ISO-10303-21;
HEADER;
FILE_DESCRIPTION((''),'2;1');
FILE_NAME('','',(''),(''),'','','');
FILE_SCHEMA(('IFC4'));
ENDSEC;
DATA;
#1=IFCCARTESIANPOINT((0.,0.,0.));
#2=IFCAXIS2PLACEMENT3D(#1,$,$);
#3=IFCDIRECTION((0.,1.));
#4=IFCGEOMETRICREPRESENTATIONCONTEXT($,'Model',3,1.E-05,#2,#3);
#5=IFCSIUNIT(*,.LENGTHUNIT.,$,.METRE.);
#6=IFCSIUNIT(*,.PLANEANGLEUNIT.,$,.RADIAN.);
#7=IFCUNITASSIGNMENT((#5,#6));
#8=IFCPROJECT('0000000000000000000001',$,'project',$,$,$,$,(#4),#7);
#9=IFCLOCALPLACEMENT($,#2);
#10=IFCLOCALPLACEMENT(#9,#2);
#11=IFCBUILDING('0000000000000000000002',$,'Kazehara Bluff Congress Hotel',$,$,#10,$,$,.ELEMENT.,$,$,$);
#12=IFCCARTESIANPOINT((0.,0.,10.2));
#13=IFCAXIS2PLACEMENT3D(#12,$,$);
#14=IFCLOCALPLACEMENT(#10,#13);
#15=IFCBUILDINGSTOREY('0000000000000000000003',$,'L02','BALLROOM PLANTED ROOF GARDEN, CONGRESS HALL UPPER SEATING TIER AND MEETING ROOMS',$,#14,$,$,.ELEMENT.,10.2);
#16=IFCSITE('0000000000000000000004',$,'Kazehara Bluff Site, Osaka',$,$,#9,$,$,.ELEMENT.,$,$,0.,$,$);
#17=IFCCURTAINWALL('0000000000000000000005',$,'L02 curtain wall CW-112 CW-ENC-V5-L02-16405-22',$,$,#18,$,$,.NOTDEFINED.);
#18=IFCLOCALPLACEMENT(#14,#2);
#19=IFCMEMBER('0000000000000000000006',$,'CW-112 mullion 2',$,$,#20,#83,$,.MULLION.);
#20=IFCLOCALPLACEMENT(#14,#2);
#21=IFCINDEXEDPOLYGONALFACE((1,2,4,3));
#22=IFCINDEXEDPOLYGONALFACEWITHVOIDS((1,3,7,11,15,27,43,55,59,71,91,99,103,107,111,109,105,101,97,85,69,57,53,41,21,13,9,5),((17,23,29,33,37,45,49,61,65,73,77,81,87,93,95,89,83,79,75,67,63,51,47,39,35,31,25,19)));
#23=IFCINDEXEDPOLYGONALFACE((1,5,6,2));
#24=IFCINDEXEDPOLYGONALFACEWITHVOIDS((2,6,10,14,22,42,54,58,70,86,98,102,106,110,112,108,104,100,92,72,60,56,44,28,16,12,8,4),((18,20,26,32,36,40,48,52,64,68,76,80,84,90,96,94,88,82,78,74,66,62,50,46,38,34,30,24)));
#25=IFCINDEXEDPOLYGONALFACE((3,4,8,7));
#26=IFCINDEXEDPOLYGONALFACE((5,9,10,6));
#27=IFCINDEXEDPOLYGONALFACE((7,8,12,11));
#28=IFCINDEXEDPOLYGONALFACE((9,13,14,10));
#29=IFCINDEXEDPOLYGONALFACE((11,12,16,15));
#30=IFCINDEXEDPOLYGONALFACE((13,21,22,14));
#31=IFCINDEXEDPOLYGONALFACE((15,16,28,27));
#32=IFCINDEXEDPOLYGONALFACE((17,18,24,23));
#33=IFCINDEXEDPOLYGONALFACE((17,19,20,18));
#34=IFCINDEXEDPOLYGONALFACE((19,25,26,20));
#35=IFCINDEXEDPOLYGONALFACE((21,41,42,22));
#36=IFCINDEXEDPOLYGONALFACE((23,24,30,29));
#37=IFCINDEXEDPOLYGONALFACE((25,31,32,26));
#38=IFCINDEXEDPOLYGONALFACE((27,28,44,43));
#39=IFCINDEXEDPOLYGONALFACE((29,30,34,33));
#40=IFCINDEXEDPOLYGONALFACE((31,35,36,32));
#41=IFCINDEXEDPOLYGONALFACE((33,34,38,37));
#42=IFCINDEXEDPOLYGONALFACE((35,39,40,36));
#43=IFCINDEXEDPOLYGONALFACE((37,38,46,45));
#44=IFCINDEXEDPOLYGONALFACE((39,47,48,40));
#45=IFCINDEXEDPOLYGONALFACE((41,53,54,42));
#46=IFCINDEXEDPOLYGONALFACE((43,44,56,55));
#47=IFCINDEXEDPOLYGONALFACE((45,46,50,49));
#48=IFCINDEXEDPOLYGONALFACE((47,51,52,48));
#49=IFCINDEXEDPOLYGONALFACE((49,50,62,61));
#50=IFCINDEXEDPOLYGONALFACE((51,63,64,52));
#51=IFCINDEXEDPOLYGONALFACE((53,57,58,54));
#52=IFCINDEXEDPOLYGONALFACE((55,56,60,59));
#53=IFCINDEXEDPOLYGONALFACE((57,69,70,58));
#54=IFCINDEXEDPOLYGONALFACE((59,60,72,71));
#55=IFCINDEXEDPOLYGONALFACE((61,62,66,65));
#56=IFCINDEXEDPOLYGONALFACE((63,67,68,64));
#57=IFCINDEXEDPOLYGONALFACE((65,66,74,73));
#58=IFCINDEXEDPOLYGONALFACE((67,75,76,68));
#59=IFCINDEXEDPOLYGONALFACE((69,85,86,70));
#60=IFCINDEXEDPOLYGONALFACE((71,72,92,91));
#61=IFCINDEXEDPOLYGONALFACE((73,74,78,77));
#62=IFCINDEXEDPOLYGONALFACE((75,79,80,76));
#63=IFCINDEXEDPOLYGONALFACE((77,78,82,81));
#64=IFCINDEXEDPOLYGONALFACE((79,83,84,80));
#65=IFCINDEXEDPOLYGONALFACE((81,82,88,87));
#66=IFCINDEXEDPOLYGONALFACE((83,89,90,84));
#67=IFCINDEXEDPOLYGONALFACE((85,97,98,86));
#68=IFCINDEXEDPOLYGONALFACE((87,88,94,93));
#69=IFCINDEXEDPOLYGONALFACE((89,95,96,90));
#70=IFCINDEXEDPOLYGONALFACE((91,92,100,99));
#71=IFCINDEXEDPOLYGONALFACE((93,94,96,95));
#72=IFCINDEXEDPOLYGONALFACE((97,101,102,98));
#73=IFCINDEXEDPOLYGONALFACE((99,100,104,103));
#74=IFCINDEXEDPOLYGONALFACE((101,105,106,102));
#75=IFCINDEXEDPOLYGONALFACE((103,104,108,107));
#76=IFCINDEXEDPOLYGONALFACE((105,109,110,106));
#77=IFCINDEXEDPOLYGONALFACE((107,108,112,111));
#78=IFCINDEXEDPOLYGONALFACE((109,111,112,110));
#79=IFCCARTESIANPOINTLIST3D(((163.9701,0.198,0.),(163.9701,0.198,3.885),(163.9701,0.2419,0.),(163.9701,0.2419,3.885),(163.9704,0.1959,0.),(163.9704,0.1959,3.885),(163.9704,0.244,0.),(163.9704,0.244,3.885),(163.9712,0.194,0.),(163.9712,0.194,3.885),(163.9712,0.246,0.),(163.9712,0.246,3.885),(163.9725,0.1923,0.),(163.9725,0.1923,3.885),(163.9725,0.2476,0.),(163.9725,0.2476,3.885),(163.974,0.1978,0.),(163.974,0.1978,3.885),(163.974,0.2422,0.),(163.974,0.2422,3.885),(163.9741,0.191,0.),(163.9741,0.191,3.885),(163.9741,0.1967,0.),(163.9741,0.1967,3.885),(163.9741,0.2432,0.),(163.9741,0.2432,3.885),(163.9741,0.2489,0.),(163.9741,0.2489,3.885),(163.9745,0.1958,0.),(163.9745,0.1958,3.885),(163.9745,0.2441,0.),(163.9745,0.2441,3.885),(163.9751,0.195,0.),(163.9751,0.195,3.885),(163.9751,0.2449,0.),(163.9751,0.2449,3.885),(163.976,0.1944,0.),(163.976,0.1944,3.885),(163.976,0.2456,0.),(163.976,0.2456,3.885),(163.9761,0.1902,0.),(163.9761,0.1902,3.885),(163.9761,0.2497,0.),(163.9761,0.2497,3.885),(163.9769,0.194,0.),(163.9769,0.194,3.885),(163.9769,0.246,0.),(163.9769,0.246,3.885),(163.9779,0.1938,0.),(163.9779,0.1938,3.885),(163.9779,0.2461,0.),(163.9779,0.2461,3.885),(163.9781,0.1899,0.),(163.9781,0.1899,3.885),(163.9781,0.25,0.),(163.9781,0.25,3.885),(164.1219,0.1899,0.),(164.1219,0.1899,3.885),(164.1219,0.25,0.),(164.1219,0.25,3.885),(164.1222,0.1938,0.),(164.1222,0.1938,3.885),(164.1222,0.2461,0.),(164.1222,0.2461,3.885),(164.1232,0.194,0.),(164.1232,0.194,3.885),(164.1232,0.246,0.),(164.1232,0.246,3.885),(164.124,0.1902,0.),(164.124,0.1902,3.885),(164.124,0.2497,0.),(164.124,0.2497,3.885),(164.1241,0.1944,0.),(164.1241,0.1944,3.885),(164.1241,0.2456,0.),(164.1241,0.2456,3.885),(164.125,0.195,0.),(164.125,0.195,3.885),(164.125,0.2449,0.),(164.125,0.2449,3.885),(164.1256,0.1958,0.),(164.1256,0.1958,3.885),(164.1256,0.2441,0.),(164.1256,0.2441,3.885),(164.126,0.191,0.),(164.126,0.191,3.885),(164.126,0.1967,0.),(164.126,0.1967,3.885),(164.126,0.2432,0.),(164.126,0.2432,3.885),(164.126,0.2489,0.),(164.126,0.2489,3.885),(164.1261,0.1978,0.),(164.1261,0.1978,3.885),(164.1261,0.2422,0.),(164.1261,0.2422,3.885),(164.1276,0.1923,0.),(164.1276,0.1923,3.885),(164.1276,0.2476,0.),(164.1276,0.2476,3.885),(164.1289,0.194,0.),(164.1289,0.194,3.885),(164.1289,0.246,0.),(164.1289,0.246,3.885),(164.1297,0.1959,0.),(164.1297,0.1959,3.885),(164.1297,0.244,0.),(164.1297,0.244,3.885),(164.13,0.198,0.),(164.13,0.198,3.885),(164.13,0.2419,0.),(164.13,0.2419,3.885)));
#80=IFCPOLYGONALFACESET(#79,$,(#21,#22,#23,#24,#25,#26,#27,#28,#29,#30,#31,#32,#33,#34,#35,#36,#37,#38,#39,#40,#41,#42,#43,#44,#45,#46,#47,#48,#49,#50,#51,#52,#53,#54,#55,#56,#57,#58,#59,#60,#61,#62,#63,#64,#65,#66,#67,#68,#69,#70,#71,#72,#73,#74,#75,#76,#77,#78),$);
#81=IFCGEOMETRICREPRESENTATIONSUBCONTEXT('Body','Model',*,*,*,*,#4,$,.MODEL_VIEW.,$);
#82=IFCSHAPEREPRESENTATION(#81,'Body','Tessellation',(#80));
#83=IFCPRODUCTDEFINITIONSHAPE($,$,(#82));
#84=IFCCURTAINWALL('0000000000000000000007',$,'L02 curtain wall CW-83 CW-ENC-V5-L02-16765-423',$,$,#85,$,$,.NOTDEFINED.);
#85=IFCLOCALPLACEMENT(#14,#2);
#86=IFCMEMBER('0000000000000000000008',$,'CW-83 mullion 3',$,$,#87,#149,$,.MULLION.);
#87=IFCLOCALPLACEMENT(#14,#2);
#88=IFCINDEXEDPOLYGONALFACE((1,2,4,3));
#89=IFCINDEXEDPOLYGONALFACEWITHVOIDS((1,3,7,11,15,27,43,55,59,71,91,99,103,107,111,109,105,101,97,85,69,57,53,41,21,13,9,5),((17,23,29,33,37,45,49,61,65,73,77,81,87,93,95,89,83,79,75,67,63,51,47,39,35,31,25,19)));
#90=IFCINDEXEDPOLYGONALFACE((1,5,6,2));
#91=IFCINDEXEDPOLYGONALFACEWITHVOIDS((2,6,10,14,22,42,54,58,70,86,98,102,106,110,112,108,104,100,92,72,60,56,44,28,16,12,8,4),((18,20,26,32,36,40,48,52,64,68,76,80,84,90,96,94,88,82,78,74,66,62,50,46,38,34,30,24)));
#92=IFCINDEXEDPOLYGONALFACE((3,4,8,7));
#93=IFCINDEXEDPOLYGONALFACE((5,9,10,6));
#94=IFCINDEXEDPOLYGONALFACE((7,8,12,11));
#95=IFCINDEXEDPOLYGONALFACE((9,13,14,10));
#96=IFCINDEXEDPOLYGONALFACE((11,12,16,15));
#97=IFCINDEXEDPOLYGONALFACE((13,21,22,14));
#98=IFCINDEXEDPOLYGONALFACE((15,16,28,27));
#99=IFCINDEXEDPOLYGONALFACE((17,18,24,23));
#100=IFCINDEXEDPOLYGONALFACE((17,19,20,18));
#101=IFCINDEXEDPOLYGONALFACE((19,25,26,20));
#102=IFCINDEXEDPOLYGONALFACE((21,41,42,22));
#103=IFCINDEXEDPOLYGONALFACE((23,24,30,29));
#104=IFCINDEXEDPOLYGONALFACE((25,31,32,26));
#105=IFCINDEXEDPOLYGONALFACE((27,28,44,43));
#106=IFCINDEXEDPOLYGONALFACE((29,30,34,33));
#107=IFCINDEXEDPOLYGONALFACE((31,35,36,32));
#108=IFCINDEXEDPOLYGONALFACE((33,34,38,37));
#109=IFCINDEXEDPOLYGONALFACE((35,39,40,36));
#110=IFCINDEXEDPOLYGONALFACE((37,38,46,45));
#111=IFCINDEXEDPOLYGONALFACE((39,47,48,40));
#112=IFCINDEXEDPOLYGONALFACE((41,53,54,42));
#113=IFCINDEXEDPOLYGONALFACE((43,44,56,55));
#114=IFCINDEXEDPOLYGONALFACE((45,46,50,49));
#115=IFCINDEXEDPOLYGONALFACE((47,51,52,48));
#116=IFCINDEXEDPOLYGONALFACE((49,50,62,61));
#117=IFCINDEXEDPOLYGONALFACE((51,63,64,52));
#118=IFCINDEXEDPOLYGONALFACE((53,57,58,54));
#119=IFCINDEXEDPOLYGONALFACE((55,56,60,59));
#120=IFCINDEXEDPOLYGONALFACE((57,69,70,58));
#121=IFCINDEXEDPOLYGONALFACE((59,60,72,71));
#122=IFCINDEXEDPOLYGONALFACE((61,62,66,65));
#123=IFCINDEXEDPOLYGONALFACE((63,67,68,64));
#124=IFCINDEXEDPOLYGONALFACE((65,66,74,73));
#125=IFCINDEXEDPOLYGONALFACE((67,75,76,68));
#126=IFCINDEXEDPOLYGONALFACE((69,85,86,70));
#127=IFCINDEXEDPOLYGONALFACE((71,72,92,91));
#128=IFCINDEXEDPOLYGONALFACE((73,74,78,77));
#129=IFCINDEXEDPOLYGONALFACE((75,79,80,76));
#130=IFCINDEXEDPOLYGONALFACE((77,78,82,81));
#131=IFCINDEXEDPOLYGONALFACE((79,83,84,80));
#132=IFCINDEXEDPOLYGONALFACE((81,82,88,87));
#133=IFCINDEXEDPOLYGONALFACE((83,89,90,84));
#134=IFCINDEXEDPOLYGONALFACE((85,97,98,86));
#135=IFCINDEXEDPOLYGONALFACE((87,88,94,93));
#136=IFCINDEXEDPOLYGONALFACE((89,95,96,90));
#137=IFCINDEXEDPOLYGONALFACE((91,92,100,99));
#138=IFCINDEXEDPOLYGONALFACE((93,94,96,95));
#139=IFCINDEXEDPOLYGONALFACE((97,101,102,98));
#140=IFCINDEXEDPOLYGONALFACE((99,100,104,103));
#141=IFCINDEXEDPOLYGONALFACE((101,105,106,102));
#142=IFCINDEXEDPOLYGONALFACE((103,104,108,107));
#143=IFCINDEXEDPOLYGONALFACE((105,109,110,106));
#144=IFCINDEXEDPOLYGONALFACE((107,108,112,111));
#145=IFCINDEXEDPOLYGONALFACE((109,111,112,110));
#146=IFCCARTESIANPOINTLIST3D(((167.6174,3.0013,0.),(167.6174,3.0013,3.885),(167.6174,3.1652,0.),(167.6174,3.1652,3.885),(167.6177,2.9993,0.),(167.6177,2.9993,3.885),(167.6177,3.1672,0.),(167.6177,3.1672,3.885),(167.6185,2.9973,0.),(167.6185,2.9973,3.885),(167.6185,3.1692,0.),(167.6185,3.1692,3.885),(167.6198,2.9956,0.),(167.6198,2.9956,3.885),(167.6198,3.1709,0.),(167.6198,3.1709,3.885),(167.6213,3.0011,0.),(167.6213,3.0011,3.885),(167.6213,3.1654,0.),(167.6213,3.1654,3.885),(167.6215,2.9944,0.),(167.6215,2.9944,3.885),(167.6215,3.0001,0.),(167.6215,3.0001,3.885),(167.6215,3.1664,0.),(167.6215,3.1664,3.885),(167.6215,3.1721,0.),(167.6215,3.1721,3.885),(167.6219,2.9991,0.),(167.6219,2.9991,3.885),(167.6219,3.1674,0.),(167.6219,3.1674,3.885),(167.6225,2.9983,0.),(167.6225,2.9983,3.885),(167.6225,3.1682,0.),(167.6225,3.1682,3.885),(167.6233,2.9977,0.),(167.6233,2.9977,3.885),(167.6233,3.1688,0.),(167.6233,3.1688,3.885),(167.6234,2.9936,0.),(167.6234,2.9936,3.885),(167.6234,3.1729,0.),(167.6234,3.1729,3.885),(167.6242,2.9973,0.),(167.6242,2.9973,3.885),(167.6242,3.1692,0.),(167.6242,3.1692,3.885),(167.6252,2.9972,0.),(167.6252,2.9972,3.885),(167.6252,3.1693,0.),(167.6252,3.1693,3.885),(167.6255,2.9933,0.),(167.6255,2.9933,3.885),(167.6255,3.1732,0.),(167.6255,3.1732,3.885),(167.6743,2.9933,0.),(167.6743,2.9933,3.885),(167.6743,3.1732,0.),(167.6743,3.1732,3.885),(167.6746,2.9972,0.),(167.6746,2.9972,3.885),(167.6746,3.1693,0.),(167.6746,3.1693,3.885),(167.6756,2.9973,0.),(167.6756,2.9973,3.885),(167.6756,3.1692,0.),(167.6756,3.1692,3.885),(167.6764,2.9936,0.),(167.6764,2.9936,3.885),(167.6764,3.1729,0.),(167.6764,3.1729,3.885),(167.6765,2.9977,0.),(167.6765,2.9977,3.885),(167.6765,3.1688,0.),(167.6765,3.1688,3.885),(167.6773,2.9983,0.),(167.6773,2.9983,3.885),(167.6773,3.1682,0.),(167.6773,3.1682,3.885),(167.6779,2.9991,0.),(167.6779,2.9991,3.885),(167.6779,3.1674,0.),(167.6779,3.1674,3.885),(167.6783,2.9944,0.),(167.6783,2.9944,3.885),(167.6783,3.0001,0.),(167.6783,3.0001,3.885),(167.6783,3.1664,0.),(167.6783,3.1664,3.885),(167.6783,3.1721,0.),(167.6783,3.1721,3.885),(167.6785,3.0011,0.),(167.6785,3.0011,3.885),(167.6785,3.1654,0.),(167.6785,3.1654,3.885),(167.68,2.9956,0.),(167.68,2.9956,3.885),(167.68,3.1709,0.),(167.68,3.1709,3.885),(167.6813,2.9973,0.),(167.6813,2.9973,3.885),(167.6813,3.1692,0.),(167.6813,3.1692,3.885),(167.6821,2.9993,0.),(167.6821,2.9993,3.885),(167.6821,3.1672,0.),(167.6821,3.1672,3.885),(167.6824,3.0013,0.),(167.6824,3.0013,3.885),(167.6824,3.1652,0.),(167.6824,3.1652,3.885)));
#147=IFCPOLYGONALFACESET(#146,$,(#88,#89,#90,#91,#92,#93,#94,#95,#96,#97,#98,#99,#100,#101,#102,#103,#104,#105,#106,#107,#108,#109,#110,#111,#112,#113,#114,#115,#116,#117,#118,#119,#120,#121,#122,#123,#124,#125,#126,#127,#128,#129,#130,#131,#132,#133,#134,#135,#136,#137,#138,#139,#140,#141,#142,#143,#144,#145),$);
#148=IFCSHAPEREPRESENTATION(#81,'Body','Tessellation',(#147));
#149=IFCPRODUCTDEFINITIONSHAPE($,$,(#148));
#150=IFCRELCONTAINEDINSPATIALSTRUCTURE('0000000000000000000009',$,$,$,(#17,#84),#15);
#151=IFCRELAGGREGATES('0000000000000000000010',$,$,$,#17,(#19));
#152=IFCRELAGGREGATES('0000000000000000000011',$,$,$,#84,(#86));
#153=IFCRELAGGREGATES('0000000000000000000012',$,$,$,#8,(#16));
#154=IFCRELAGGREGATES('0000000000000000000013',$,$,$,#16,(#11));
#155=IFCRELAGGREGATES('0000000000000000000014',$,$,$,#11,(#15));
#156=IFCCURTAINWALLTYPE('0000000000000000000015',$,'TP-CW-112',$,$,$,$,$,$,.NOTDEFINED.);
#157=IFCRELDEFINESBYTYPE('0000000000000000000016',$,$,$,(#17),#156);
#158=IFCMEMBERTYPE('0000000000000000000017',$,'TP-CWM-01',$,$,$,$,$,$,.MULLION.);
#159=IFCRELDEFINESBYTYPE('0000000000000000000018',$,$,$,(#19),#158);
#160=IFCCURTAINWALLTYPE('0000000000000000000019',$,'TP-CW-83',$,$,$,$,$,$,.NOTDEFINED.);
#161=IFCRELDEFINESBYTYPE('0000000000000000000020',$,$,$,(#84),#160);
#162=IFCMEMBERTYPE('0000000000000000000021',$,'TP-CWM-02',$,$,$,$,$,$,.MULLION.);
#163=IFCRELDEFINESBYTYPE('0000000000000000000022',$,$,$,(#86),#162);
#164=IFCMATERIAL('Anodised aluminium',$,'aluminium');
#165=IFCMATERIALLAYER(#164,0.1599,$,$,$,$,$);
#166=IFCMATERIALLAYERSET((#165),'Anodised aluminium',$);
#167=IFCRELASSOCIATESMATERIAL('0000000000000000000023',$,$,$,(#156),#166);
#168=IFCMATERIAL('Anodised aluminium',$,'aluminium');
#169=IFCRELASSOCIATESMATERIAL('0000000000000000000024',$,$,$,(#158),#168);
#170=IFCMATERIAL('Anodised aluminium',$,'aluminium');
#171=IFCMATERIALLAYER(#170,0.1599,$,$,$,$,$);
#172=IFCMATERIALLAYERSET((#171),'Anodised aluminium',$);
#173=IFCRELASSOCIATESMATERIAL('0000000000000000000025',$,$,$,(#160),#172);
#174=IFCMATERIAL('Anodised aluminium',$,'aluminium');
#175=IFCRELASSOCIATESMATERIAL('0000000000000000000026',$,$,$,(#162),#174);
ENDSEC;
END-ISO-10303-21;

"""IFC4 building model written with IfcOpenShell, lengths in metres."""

from ifc_helpers import new_model, si_unit, direction, frame, origin, origin_2d, place, context, subcontext, project, spatial, hollow_rectangle, extrude, material, layer, layer_set, material_profile, profile_set, type_object, element, aggregate, save


model = new_model("IFC4")

# Units and contexts
model_context = context("Model", 3, precision=1e-05, world=origin(), true_north=direction((0.0, 1.0)))
body_context = subcontext(model_context, "Body", "Model", "MODEL_VIEW")
ifc_project = project(units=[si_unit("LENGTHUNIT", "METRE"), si_unit("PLANEANGLEUNIT", "RADIAN")], contexts=[model_context])

# Site, building, storey
site_placement = place(None, origin())
site = spatial("IfcSite", under=ifc_project, at=site_placement, Name="Kazehara Bluff Site, Osaka", CompositionType="ELEMENT", RefElevation=0.0)
building_placement = place(site_placement, origin())
building = spatial("IfcBuilding", under=site, at=building_placement, Name="Kazehara Bluff Congress Hotel", CompositionType="ELEMENT")
storey_placement = place(building_placement, frame((0.0, 0.0, 10.2)))
storey = spatial("IfcBuildingStorey", under=building, at=storey_placement, Name="L02", Description="BALLROOM PLANTED ROOF GARDEN, CONGRESS HALL UPPER SEATING TIER AND MEETING ROOMS", CompositionType="ELEMENT", Elevation=10.2)

# Curtain walls, members
ifc_material_1 = material(Name="Anodised aluminium", Category="aluminium")
ifc_layer_1 = layer(ifc_material_1, 0.1599)
ifc_layer_set_1 = layer_set([ifc_layer_1], Name="Anodised aluminium")
curtain_wall_type_1 = type_object("IfcCurtainWallType", Name="TP-CW-112", PredefinedType="NOTDEFINED", material=ifc_layer_set_1)
curtain_wall_1_placement = place(storey_placement, origin())
curtain_wall_1 = element("IfcCurtainWall", 1, at=curtain_wall_1_placement, inside=storey, type_object=curtain_wall_type_1, Name="L02 curtain wall CW-112 CW-ENC-V5-L02-16405-22", PredefinedType="NOTDEFINED")
ifc_material_2 = material(Name="Anodised aluminium", Category="aluminium")
ifc_material_profile_1 = material_profile(ifc_material_2, hollow_rectangle(XDim=0.0601, YDim=0.1599, WallThickness=0.0039, InnerFilletRadius=0.0039, OuterFilletRadius=0.0081, at=origin_2d()))
ifc_profile_set_1 = profile_set([ifc_material_profile_1], Name="Anodised aluminium")
member_type_1 = type_object("IfcMemberType", Name="TP-CWM-01", PredefinedType="MULLION", material=ifc_profile_set_1)
member_1_placement = place(storey_placement, frame((164.05, 0.22, 0.0), z_axis=(0.0, 0.0, 1.0), x_axis=(0.0, -1.0, 0.0)))
member_1 = element("IfcMember", 2, at=member_1_placement, type_object=member_type_1, Name="CW-112 mullion 2", PredefinedType="MULLION", context=body_context, shape_type="SweptSolid", body=[
    extrude(hollow_rectangle(XDim=0.0601, YDim=0.1599, WallThickness=0.0039, InnerFilletRadius=0.0039, OuterFilletRadius=0.0081, at=origin_2d()), origin(), (0.0, 0.0, 1.0), 3.885),
])
ifc_material_3 = material(Name="Anodised aluminium", Category="aluminium")
ifc_layer_2 = layer(ifc_material_3, 0.1599)
ifc_layer_set_2 = layer_set([ifc_layer_2], Name="Anodised aluminium")
curtain_wall_type_2 = type_object("IfcCurtainWallType", Name="TP-CW-83", PredefinedType="NOTDEFINED", material=ifc_layer_set_2)
curtain_wall_2_placement = place(storey_placement, origin())
curtain_wall_2 = element("IfcCurtainWall", 3, at=curtain_wall_2_placement, inside=storey, type_object=curtain_wall_type_2, Name="L02 curtain wall CW-83 CW-ENC-V5-L02-16765-423", PredefinedType="NOTDEFINED")
ifc_material_4 = material(Name="Anodised aluminium", Category="aluminium")
ifc_material_profile_2 = material_profile(ifc_material_4, hollow_rectangle(XDim=0.0649, YDim=0.1799, WallThickness=0.0039, InnerFilletRadius=0.0039, OuterFilletRadius=0.0081, at=origin_2d()))
ifc_profile_set_2 = profile_set([ifc_material_profile_2], Name="Anodised aluminium")
member_type_2 = type_object("IfcMemberType", Name="TP-CWM-02", PredefinedType="MULLION", material=ifc_profile_set_2)
member_2_placement = place(storey_placement, frame((167.6499, 3.0833, 0.0), z_axis=(0.0, 0.0, 1.0), x_axis=(1.0, 0.0, 0.0)))
member_2 = element("IfcMember", 4, at=member_2_placement, type_object=member_type_2, Name="CW-83 mullion 3", PredefinedType="MULLION", context=body_context, shape_type="SweptSolid", body=[
    extrude(hollow_rectangle(XDim=0.0649, YDim=0.1799, WallThickness=0.0039, InnerFilletRadius=0.0039, OuterFilletRadius=0.0081, at=origin_2d()), origin(), (0.0, 0.0, 1.0), 3.885),
])

aggregate(curtain_wall_1, [member_1])
aggregate(curtain_wall_2, [member_2])

save(model, "model.ifc")
